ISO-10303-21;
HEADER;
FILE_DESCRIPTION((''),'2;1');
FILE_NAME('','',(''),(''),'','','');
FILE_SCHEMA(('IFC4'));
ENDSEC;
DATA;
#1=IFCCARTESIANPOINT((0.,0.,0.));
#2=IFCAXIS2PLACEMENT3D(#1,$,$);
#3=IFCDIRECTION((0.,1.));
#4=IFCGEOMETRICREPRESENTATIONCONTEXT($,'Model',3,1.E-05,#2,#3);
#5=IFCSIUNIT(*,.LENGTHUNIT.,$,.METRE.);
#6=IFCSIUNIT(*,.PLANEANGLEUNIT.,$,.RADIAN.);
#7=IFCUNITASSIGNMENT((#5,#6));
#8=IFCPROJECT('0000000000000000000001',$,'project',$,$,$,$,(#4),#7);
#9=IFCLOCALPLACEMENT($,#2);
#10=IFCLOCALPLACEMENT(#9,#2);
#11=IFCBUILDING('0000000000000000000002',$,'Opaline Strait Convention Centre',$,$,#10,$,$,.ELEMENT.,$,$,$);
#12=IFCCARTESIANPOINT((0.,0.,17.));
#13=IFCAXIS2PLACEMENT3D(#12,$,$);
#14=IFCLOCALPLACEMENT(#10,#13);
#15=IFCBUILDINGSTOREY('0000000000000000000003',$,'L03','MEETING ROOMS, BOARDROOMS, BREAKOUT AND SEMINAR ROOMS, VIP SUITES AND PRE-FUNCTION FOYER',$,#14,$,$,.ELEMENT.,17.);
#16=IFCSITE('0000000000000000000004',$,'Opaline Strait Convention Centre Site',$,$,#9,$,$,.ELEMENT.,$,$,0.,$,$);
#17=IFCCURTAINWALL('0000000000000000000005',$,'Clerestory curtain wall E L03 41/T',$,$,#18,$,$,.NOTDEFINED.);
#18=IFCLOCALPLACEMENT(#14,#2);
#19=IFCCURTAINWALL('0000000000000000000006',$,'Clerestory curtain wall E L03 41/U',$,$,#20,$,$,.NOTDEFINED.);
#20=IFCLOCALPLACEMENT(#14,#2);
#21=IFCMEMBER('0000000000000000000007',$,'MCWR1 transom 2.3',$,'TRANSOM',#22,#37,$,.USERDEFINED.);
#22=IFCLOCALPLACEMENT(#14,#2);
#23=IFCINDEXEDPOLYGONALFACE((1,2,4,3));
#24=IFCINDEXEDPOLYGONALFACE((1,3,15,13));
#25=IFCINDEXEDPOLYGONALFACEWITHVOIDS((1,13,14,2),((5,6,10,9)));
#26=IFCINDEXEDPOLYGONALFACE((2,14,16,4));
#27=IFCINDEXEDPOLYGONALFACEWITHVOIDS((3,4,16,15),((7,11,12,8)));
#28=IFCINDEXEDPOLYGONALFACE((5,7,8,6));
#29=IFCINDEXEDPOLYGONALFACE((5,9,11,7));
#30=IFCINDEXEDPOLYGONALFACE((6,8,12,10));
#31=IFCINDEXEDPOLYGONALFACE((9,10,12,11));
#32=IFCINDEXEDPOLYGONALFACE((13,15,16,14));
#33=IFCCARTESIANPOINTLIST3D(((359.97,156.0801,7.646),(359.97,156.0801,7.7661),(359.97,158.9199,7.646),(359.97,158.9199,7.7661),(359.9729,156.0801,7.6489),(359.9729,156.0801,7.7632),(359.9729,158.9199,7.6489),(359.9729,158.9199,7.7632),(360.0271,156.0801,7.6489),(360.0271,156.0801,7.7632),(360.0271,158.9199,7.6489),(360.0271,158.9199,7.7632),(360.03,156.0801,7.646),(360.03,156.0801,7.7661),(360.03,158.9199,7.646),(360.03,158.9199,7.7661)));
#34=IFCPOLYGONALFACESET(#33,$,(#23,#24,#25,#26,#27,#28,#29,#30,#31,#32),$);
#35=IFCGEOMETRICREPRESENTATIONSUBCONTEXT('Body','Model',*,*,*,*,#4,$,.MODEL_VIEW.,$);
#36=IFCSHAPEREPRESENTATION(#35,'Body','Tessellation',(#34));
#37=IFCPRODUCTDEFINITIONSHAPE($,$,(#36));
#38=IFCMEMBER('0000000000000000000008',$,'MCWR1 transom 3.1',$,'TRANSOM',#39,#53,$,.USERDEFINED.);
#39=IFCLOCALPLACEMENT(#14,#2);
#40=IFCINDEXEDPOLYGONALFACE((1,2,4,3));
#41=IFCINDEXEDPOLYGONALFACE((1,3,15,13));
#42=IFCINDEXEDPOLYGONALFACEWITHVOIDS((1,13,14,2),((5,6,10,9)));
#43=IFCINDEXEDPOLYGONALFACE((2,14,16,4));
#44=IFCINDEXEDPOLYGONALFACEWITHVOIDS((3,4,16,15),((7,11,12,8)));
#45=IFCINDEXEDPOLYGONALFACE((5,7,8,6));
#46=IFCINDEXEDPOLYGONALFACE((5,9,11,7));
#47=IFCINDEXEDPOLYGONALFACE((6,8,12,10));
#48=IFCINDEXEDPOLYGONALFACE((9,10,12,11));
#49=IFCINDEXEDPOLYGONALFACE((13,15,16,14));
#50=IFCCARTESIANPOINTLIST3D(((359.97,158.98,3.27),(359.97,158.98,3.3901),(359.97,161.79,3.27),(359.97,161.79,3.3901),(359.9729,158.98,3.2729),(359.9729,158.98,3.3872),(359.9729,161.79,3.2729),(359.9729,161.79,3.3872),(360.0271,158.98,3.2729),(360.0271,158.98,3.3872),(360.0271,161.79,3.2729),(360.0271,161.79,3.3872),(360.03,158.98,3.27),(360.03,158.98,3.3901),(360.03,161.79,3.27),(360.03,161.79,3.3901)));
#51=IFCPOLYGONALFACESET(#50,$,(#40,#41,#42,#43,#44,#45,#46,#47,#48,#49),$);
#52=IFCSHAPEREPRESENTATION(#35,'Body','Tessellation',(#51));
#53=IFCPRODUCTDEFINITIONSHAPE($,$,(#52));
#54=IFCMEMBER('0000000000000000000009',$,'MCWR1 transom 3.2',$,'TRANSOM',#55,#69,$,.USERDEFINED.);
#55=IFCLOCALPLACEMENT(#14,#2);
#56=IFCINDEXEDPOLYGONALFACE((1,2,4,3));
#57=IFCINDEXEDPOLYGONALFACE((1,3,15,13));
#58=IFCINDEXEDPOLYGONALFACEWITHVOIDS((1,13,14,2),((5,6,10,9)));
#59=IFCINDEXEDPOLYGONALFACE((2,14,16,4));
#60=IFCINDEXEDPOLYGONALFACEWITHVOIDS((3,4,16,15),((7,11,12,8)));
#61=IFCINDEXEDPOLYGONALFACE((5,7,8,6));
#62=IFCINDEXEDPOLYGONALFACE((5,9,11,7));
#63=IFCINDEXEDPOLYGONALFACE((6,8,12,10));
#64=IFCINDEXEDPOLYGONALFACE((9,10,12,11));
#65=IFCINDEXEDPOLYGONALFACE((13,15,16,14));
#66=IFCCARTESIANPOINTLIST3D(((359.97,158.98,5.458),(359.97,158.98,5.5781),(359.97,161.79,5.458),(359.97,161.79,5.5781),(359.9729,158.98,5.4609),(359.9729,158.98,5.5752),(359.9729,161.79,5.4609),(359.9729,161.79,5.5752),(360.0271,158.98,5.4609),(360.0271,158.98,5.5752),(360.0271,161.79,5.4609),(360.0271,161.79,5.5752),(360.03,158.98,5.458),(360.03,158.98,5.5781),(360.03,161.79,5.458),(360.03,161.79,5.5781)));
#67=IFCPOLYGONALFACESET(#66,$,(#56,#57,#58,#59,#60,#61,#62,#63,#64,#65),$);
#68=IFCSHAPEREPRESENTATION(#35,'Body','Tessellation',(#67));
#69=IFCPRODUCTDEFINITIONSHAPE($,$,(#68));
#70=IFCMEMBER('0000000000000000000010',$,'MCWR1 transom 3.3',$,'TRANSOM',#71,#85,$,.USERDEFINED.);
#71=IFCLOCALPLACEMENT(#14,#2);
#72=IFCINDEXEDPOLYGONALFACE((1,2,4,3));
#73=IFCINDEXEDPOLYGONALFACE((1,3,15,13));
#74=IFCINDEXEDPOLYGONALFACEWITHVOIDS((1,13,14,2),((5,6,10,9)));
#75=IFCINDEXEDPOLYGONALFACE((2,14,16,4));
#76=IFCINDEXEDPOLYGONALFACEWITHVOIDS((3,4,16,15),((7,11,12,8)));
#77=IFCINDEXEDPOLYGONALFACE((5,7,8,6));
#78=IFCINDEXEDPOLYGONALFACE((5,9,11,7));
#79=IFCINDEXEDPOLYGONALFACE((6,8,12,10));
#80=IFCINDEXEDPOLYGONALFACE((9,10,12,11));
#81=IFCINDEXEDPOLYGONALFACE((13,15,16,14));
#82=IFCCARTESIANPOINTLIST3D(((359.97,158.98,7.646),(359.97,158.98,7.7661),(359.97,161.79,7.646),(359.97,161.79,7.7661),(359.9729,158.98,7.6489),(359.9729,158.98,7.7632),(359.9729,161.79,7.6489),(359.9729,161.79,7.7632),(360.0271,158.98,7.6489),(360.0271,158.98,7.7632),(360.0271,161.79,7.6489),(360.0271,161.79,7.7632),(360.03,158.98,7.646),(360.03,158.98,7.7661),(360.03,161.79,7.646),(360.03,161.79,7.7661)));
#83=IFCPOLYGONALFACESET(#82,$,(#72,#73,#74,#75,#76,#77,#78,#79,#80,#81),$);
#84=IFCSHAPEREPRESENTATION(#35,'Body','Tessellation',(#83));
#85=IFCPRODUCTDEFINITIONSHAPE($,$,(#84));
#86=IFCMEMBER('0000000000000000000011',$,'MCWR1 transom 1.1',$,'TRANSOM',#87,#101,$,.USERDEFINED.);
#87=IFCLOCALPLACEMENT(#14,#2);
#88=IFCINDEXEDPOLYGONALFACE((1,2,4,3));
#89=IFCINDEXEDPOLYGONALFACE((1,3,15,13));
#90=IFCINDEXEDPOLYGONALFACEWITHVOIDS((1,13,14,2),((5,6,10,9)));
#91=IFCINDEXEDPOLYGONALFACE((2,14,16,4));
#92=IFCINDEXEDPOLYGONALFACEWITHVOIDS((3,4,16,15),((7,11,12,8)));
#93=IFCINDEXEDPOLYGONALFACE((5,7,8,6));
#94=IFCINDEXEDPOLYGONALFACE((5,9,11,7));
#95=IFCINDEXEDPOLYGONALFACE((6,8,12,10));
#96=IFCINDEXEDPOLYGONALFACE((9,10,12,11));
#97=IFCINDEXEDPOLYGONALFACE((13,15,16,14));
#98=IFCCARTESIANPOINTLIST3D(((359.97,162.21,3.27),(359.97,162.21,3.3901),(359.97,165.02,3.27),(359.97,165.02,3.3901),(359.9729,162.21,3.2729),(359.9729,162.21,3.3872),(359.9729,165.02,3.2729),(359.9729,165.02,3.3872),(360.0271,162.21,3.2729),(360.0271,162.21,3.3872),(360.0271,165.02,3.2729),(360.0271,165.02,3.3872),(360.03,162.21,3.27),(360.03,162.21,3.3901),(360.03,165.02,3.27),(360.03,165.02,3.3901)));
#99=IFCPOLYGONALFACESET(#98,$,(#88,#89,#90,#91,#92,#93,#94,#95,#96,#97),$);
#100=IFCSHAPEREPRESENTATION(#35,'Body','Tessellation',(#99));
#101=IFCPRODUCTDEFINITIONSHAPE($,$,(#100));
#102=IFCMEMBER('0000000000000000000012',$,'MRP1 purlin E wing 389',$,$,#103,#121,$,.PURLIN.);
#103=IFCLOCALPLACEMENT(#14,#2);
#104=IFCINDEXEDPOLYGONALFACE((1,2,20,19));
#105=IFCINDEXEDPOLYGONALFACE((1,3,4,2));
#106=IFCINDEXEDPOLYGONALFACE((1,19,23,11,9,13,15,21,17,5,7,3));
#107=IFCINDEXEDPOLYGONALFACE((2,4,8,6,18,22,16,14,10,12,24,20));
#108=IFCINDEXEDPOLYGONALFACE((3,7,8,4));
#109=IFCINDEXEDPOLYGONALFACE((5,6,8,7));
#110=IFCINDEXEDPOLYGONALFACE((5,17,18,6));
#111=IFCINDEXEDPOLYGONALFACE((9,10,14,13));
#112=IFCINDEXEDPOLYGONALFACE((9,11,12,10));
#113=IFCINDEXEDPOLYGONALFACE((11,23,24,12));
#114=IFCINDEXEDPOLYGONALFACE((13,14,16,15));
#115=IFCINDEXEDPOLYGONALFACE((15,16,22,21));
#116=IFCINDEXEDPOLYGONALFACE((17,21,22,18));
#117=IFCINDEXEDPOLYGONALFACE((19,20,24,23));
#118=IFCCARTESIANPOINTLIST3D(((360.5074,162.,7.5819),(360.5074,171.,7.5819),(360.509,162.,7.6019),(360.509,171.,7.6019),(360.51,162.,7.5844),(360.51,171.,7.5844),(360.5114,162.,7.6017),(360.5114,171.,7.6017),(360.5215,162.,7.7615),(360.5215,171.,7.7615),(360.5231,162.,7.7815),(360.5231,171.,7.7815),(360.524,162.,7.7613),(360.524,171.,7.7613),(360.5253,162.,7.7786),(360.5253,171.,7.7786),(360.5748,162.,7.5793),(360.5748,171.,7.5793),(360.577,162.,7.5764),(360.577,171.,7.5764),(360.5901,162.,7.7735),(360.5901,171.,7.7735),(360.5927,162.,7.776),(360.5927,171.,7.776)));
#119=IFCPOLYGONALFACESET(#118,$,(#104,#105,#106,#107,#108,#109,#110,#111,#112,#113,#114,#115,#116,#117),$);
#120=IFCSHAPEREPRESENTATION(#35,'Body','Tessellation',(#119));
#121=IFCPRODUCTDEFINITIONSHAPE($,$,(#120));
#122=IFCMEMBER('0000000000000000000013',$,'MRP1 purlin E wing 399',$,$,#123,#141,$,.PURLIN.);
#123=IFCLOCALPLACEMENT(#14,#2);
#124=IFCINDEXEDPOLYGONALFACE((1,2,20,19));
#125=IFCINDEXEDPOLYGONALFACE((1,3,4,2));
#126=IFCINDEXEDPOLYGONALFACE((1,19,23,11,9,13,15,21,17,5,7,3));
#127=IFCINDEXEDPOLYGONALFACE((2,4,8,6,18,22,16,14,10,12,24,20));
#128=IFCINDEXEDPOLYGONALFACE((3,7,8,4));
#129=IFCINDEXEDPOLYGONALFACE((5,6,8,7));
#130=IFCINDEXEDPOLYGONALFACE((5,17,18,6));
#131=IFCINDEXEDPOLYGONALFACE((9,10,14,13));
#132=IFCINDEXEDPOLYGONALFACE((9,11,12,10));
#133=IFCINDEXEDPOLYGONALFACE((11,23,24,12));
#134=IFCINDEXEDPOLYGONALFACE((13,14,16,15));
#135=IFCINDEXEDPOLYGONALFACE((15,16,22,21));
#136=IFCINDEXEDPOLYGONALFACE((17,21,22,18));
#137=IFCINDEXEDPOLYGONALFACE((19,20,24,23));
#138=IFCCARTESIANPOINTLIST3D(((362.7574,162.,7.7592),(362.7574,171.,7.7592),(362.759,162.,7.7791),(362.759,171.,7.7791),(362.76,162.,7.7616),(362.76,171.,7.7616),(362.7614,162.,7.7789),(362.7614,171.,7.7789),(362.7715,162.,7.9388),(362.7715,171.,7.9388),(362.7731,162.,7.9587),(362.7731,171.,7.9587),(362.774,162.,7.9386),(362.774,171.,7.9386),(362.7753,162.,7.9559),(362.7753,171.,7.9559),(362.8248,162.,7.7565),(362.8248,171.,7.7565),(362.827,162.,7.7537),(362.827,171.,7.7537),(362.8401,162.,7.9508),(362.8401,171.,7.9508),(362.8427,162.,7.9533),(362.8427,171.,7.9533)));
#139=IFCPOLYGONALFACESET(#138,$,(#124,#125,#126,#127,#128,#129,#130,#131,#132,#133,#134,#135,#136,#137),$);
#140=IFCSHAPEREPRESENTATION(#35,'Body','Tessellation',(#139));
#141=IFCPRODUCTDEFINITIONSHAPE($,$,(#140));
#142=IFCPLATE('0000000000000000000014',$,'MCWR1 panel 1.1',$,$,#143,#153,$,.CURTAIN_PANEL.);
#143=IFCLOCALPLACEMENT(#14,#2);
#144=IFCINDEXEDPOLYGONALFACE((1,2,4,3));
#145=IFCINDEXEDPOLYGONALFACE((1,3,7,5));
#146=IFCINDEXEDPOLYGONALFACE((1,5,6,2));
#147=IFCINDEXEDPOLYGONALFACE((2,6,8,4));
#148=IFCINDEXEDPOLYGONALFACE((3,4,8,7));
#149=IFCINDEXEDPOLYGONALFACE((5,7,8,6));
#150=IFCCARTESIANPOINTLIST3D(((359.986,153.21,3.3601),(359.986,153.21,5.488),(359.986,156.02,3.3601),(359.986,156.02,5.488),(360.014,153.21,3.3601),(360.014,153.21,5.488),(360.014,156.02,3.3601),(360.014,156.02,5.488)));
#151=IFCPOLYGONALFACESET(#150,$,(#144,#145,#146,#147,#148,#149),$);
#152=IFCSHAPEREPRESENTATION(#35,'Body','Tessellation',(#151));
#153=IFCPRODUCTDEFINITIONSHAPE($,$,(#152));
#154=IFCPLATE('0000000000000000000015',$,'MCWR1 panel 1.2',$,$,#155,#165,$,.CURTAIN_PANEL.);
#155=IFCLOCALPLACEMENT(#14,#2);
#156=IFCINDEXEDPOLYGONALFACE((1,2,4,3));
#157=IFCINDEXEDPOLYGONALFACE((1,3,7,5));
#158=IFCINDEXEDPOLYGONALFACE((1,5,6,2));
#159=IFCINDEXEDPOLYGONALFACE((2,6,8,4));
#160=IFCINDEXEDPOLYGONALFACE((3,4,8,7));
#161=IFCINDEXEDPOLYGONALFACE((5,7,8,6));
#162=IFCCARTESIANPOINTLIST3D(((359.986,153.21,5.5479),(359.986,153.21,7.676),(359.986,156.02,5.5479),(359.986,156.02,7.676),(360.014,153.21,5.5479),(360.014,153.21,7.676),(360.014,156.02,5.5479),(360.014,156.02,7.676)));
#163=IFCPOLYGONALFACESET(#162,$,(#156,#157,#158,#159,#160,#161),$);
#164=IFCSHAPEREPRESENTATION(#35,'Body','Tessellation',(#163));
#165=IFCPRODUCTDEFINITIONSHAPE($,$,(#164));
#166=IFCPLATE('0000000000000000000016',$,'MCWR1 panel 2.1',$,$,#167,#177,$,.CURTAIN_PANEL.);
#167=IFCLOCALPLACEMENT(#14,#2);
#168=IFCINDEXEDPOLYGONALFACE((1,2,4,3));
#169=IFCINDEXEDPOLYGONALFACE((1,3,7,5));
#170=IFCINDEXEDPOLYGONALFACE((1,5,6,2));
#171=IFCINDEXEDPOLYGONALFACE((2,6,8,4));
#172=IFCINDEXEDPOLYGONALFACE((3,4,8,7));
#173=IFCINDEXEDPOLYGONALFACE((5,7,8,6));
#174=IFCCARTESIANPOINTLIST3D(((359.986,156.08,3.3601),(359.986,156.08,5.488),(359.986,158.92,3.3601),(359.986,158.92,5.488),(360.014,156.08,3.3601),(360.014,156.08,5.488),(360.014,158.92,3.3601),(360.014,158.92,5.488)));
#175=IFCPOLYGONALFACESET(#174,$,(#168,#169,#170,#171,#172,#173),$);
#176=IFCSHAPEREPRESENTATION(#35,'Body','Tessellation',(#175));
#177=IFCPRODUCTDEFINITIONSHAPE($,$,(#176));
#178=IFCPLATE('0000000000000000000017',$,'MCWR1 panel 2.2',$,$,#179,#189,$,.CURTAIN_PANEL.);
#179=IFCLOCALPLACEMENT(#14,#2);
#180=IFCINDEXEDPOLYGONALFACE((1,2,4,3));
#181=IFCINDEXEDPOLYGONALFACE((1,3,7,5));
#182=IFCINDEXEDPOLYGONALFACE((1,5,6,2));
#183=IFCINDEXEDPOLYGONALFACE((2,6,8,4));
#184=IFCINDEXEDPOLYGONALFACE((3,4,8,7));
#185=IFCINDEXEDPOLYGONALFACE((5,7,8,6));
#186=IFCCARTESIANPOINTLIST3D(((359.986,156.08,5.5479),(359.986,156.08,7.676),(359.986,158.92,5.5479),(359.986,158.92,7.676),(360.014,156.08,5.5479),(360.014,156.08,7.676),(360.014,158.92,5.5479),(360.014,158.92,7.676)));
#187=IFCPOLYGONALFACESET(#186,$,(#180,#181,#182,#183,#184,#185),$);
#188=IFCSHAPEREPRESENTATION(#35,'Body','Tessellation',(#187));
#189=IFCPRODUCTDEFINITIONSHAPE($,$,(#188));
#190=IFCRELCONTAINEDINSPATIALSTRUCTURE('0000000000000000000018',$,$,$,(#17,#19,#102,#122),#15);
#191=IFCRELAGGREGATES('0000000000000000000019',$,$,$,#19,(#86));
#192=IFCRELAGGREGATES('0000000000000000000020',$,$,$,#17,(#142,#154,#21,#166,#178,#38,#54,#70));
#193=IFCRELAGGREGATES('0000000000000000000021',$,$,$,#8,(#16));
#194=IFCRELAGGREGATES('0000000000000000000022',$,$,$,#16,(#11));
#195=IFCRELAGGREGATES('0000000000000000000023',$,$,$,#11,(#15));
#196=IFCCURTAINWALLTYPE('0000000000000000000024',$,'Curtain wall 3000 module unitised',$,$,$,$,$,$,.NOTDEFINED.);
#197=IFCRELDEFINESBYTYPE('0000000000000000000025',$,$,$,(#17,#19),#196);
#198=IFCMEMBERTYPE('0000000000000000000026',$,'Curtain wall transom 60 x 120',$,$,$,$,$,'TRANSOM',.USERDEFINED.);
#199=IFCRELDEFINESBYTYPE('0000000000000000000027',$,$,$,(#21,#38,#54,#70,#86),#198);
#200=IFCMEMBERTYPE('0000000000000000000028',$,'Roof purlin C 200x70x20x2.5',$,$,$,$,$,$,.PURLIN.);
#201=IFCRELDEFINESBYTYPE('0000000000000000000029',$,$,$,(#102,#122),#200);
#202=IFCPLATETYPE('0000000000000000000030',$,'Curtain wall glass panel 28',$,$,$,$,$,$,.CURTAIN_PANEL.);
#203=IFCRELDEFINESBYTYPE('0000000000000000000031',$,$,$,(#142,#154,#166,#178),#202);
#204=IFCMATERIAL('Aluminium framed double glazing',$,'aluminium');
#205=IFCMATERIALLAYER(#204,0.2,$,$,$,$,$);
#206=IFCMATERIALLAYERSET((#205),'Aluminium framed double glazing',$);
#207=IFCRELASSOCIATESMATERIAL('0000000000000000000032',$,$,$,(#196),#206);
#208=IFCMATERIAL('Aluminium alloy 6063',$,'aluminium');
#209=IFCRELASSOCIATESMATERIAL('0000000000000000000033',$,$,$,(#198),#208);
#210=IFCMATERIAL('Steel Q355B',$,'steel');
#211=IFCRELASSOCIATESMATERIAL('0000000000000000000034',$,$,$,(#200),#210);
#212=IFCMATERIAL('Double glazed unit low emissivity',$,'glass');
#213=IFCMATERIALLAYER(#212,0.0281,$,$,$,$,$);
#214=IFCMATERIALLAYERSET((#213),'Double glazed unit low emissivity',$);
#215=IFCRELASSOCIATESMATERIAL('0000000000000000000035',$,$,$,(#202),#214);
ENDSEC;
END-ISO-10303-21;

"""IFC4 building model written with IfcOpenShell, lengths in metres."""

from ifc_helpers import new_model, si_unit, direction, frame, origin, origin_2d, place, context, subcontext, project, spatial, polyline, rectangle, hollow_rectangle, outline, extrude, material, layer, layer_set, material_profile, profile_set, type_object, element, aggregate, save


model = new_model("IFC4")

# Units and contexts
model_context = context("Model", 3, precision=1e-05, world=origin(), true_north=direction((0.0, 1.0)))
body_context = subcontext(model_context, "Body", "Model", "MODEL_VIEW")
ifc_project = project(units=[si_unit("LENGTHUNIT", "METRE"), si_unit("PLANEANGLEUNIT", "RADIAN")], contexts=[model_context])

# Site, building, storey
site_placement = place(None, origin())
site = spatial("IfcSite", under=ifc_project, at=site_placement, Name="Opaline Strait Convention Centre Site", CompositionType="ELEMENT", RefElevation=0.0)
building_placement = place(site_placement, origin())
building = spatial("IfcBuilding", under=site, at=building_placement, Name="Opaline Strait Convention Centre", CompositionType="ELEMENT")
storey_placement = place(building_placement, frame((0.0, 0.0, 17.0)))
storey = spatial("IfcBuildingStorey", under=building, at=storey_placement, Name="L03", Description="MEETING ROOMS, BOARDROOMS, BREAKOUT AND SEMINAR ROOMS, VIP SUITES AND PRE-FUNCTION FOYER", CompositionType="ELEMENT", Elevation=17.0)

# Shared definitions
ifc_material_1 = material(Name="Steel Q355B", Category="steel")

# Curtain wall
ifc_material_2 = material(Name="Aluminium framed double glazing", Category="aluminium")
ifc_layer_1 = layer(ifc_material_2, 0.2)
ifc_layer_set_1 = layer_set([ifc_layer_1], Name="Aluminium framed double glazing")
curtain_wall_type = type_object("IfcCurtainWallType", Name="Curtain wall 3000 module unitised", PredefinedType="NOTDEFINED", material=ifc_layer_set_1)
curtain_wall_1_placement = place(storey_placement, origin())
curtain_wall_1 = element("IfcCurtainWall", 1, at=curtain_wall_1_placement, inside=storey, type_object=curtain_wall_type, Name="Clerestory curtain wall E L03 41/T", PredefinedType="NOTDEFINED")
ifc_material_3 = material(Name="Aluminium alloy 6063", Category="aluminium")

# Curtain wall
curtain_wall_2_placement = place(storey_placement, origin())
curtain_wall_2 = element("IfcCurtainWall", 2, at=curtain_wall_2_placement, inside=storey, type_object=curtain_wall_type, Name="Clerestory curtain wall E L03 41/U", PredefinedType="NOTDEFINED")

# Members
ifc_material_profile_1 = material_profile(ifc_material_3, hollow_rectangle(XDim=0.0601, YDim=0.1201, WallThickness=0.0029, at=origin_2d()), Name="TRANSOM 60x120x3")
ifc_profile_set_1 = profile_set([ifc_material_profile_1], Name="Aluminium alloy 6063")
member_type_1 = type_object("IfcMemberType", Name="Curtain wall transom 60 x 120", ElementType="TRANSOM", PredefinedType="USERDEFINED", material=ifc_profile_set_1)
member_1_placement = place(storey_placement, frame((360.0, 156.0801, 7.7061), z_axis=(0.0, 1.0, 0.0), x_axis=(-1.0, 0.0, 0.0)))
member_1 = element("IfcMember", 3, at=member_1_placement, type_object=member_type_1, Name="MCWR1 transom 2.3", ObjectType="TRANSOM", PredefinedType="USERDEFINED", context=body_context, shape_type="SweptSolid", body=[
    extrude(hollow_rectangle(XDim=0.0601, YDim=0.1201, WallThickness=0.0029, at=origin_2d()), origin(), (0.0, 0.0, 1.0), 2.8398),
])
member_2_placement = place(storey_placement, frame((360.0, 158.98, 3.3301), z_axis=(0.0, 1.0, 0.0), x_axis=(-1.0, 0.0, 0.0)))
member_2 = element("IfcMember", 4, at=member_2_placement, type_object=member_type_1, Name="MCWR1 transom 3.1", ObjectType="TRANSOM", PredefinedType="USERDEFINED", context=body_context, shape_type="SweptSolid", body=[
    extrude(hollow_rectangle(XDim=0.0601, YDim=0.1201, WallThickness=0.0029, at=origin_2d()), origin(), (0.0, 0.0, 1.0), 2.8101),
])
member_3_placement = place(storey_placement, frame((360.0, 158.98, 5.5181), z_axis=(0.0, 1.0, 0.0), x_axis=(-1.0, 0.0, 0.0)))
member_3 = element("IfcMember", 5, at=member_3_placement, type_object=member_type_1, Name="MCWR1 transom 3.2", ObjectType="TRANSOM", PredefinedType="USERDEFINED", context=body_context, shape_type="SweptSolid", body=[
    extrude(hollow_rectangle(XDim=0.0601, YDim=0.1201, WallThickness=0.0029, at=origin_2d()), origin(), (0.0, 0.0, 1.0), 2.8101),
])
member_4_placement = place(storey_placement, frame((360.0, 158.98, 7.7061), z_axis=(0.0, 1.0, 0.0), x_axis=(-1.0, 0.0, 0.0)))
member_4 = element("IfcMember", 6, at=member_4_placement, type_object=member_type_1, Name="MCWR1 transom 3.3", ObjectType="TRANSOM", PredefinedType="USERDEFINED", context=body_context, shape_type="SweptSolid", body=[
    extrude(hollow_rectangle(XDim=0.0601, YDim=0.1201, WallThickness=0.0029, at=origin_2d()), origin(), (0.0, 0.0, 1.0), 2.8101),
])
member_5_placement = place(storey_placement, frame((360.0, 162.21, 3.3301), z_axis=(0.0, 1.0, 0.0), x_axis=(-1.0, 0.0, 0.0)))
member_5 = element("IfcMember", 7, at=member_5_placement, type_object=member_type_1, Name="MCWR1 transom 1.1", ObjectType="TRANSOM", PredefinedType="USERDEFINED", context=body_context, shape_type="SweptSolid", body=[
    extrude(hollow_rectangle(XDim=0.0601, YDim=0.1201, WallThickness=0.0029, at=origin_2d()), origin(), (0.0, 0.0, 1.0), 2.8101),
])
aggregate(curtain_wall_2, [member_5])

# Members
ifc_material_profile_2 = material_profile(ifc_material_1, outline(polyline([(-0.0349, -0.1001), (0.0349, -0.1001), (0.0349, -0.0801), (0.0325, -0.0801), (0.0325, -0.0974), (-0.0325, -0.0974), (-0.0325, 0.0974), (0.0325, 0.0974), (0.0325, 0.0801), (0.0349, 0.0801), (0.0349, 0.1001), (-0.0349, 0.1001), (-0.0349, -0.1001)])), Name="C 200x70x20x2.5")
ifc_profile_set_2 = profile_set([ifc_material_profile_2], Name="Steel Q355B")
member_type_2 = type_object("IfcMemberType", Name="Roof purlin C 200x70x20x2.5", PredefinedType="PURLIN", material=ifc_profile_set_2)
for number, where, z_axis, x_axis, name in (
    (8, (360.55, 162.0, 7.679), (0.0, 1.0, 0.0), (-0.996917, 0.0, 0.078459), "MRP1 purlin E wing 389"),
    (9, (362.8, 162.0, 7.8562), (0.0, 1.0, 0.0), (-0.996917, 0.0, 0.078459), "MRP1 purlin E wing 399"),
):
    element("IfcMember", number, at=place(storey_placement, frame(where, z_axis=z_axis, x_axis=x_axis)), inside=storey, type_object=member_type_2, Name=name, PredefinedType="PURLIN", context=body_context, shape_type="SweptSolid", body=[
        extrude(outline(polyline([(-0.0349, -0.1001), (0.0349, -0.1001), (0.0349, -0.0801), (0.0325, -0.0801), (0.0325, -0.0974), (-0.0325, -0.0974), (-0.0325, 0.0974), (0.0325, 0.0974), (0.0325, 0.0801), (0.0349, 0.0801), (0.0349, 0.1001), (-0.0349, 0.1001), (-0.0349, -0.1001)])), origin(), (0.0, 0.0, 1.0), 9.0),
    ])

# Plates
ifc_material_4 = material(Name="Double glazed unit low emissivity", Category="glass")
ifc_layer_2 = layer(ifc_material_4, 0.0281)
ifc_layer_set_2 = layer_set([ifc_layer_2], Name="Double glazed unit low emissivity")
plate_type = type_object("IfcPlateType", Name="Curtain wall glass panel 28", PredefinedType="CURTAIN_PANEL", material=ifc_layer_set_2)
plate_1_placement = place(storey_placement, frame((360.0, 154.615, 3.3601), z_axis=(0.0, 0.0, 1.0), x_axis=(0.0, 1.0, 0.0)))
plate_1 = element("IfcPlate", 10, at=plate_1_placement, type_object=plate_type, Name="MCWR1 panel 1.1", PredefinedType="CURTAIN_PANEL", context=body_context, shape_type="SweptSolid", body=[
    extrude(rectangle(XDim=2.8101, YDim=0.0281, at=origin_2d()), origin(), (0.0, 0.0, 1.0), 2.1279),
])
plate_2_placement = place(storey_placement, frame((360.0, 154.615, 5.5479), z_axis=(0.0, 0.0, 1.0), x_axis=(0.0, 1.0, 0.0)))
plate_2 = element("IfcPlate", 11, at=plate_2_placement, type_object=plate_type, Name="MCWR1 panel 1.2", PredefinedType="CURTAIN_PANEL", context=body_context, shape_type="SweptSolid", body=[
    extrude(rectangle(XDim=2.8101, YDim=0.0281, at=origin_2d()), origin(), (0.0, 0.0, 1.0), 2.1282),
])
plate_3_placement = place(storey_placement, frame((360.0, 157.5, 3.3601), z_axis=(0.0, 0.0, 1.0), x_axis=(0.0, 1.0, 0.0)))
plate_3 = element("IfcPlate", 12, at=plate_3_placement, type_object=plate_type, Name="MCWR1 panel 2.1", PredefinedType="CURTAIN_PANEL", context=body_context, shape_type="SweptSolid", body=[
    extrude(rectangle(XDim=2.8401, YDim=0.0281, at=origin_2d()), origin(), (0.0, 0.0, 1.0), 2.1279),
])
plate_4_placement = place(storey_placement, frame((360.0, 157.5, 5.5479), z_axis=(0.0, 0.0, 1.0), x_axis=(0.0, 1.0, 0.0)))
plate_4 = element("IfcPlate", 13, at=plate_4_placement, type_object=plate_type, Name="MCWR1 panel 2.2", PredefinedType="CURTAIN_PANEL", context=body_context, shape_type="SweptSolid", body=[
    extrude(rectangle(XDim=2.8401, YDim=0.0281, at=origin_2d()), origin(), (0.0, 0.0, 1.0), 2.1282),
])
aggregate(curtain_wall_1, [plate_1, plate_2, member_1, plate_3, plate_4, member_2, member_3, member_4])

save(model, "model.ifc")
